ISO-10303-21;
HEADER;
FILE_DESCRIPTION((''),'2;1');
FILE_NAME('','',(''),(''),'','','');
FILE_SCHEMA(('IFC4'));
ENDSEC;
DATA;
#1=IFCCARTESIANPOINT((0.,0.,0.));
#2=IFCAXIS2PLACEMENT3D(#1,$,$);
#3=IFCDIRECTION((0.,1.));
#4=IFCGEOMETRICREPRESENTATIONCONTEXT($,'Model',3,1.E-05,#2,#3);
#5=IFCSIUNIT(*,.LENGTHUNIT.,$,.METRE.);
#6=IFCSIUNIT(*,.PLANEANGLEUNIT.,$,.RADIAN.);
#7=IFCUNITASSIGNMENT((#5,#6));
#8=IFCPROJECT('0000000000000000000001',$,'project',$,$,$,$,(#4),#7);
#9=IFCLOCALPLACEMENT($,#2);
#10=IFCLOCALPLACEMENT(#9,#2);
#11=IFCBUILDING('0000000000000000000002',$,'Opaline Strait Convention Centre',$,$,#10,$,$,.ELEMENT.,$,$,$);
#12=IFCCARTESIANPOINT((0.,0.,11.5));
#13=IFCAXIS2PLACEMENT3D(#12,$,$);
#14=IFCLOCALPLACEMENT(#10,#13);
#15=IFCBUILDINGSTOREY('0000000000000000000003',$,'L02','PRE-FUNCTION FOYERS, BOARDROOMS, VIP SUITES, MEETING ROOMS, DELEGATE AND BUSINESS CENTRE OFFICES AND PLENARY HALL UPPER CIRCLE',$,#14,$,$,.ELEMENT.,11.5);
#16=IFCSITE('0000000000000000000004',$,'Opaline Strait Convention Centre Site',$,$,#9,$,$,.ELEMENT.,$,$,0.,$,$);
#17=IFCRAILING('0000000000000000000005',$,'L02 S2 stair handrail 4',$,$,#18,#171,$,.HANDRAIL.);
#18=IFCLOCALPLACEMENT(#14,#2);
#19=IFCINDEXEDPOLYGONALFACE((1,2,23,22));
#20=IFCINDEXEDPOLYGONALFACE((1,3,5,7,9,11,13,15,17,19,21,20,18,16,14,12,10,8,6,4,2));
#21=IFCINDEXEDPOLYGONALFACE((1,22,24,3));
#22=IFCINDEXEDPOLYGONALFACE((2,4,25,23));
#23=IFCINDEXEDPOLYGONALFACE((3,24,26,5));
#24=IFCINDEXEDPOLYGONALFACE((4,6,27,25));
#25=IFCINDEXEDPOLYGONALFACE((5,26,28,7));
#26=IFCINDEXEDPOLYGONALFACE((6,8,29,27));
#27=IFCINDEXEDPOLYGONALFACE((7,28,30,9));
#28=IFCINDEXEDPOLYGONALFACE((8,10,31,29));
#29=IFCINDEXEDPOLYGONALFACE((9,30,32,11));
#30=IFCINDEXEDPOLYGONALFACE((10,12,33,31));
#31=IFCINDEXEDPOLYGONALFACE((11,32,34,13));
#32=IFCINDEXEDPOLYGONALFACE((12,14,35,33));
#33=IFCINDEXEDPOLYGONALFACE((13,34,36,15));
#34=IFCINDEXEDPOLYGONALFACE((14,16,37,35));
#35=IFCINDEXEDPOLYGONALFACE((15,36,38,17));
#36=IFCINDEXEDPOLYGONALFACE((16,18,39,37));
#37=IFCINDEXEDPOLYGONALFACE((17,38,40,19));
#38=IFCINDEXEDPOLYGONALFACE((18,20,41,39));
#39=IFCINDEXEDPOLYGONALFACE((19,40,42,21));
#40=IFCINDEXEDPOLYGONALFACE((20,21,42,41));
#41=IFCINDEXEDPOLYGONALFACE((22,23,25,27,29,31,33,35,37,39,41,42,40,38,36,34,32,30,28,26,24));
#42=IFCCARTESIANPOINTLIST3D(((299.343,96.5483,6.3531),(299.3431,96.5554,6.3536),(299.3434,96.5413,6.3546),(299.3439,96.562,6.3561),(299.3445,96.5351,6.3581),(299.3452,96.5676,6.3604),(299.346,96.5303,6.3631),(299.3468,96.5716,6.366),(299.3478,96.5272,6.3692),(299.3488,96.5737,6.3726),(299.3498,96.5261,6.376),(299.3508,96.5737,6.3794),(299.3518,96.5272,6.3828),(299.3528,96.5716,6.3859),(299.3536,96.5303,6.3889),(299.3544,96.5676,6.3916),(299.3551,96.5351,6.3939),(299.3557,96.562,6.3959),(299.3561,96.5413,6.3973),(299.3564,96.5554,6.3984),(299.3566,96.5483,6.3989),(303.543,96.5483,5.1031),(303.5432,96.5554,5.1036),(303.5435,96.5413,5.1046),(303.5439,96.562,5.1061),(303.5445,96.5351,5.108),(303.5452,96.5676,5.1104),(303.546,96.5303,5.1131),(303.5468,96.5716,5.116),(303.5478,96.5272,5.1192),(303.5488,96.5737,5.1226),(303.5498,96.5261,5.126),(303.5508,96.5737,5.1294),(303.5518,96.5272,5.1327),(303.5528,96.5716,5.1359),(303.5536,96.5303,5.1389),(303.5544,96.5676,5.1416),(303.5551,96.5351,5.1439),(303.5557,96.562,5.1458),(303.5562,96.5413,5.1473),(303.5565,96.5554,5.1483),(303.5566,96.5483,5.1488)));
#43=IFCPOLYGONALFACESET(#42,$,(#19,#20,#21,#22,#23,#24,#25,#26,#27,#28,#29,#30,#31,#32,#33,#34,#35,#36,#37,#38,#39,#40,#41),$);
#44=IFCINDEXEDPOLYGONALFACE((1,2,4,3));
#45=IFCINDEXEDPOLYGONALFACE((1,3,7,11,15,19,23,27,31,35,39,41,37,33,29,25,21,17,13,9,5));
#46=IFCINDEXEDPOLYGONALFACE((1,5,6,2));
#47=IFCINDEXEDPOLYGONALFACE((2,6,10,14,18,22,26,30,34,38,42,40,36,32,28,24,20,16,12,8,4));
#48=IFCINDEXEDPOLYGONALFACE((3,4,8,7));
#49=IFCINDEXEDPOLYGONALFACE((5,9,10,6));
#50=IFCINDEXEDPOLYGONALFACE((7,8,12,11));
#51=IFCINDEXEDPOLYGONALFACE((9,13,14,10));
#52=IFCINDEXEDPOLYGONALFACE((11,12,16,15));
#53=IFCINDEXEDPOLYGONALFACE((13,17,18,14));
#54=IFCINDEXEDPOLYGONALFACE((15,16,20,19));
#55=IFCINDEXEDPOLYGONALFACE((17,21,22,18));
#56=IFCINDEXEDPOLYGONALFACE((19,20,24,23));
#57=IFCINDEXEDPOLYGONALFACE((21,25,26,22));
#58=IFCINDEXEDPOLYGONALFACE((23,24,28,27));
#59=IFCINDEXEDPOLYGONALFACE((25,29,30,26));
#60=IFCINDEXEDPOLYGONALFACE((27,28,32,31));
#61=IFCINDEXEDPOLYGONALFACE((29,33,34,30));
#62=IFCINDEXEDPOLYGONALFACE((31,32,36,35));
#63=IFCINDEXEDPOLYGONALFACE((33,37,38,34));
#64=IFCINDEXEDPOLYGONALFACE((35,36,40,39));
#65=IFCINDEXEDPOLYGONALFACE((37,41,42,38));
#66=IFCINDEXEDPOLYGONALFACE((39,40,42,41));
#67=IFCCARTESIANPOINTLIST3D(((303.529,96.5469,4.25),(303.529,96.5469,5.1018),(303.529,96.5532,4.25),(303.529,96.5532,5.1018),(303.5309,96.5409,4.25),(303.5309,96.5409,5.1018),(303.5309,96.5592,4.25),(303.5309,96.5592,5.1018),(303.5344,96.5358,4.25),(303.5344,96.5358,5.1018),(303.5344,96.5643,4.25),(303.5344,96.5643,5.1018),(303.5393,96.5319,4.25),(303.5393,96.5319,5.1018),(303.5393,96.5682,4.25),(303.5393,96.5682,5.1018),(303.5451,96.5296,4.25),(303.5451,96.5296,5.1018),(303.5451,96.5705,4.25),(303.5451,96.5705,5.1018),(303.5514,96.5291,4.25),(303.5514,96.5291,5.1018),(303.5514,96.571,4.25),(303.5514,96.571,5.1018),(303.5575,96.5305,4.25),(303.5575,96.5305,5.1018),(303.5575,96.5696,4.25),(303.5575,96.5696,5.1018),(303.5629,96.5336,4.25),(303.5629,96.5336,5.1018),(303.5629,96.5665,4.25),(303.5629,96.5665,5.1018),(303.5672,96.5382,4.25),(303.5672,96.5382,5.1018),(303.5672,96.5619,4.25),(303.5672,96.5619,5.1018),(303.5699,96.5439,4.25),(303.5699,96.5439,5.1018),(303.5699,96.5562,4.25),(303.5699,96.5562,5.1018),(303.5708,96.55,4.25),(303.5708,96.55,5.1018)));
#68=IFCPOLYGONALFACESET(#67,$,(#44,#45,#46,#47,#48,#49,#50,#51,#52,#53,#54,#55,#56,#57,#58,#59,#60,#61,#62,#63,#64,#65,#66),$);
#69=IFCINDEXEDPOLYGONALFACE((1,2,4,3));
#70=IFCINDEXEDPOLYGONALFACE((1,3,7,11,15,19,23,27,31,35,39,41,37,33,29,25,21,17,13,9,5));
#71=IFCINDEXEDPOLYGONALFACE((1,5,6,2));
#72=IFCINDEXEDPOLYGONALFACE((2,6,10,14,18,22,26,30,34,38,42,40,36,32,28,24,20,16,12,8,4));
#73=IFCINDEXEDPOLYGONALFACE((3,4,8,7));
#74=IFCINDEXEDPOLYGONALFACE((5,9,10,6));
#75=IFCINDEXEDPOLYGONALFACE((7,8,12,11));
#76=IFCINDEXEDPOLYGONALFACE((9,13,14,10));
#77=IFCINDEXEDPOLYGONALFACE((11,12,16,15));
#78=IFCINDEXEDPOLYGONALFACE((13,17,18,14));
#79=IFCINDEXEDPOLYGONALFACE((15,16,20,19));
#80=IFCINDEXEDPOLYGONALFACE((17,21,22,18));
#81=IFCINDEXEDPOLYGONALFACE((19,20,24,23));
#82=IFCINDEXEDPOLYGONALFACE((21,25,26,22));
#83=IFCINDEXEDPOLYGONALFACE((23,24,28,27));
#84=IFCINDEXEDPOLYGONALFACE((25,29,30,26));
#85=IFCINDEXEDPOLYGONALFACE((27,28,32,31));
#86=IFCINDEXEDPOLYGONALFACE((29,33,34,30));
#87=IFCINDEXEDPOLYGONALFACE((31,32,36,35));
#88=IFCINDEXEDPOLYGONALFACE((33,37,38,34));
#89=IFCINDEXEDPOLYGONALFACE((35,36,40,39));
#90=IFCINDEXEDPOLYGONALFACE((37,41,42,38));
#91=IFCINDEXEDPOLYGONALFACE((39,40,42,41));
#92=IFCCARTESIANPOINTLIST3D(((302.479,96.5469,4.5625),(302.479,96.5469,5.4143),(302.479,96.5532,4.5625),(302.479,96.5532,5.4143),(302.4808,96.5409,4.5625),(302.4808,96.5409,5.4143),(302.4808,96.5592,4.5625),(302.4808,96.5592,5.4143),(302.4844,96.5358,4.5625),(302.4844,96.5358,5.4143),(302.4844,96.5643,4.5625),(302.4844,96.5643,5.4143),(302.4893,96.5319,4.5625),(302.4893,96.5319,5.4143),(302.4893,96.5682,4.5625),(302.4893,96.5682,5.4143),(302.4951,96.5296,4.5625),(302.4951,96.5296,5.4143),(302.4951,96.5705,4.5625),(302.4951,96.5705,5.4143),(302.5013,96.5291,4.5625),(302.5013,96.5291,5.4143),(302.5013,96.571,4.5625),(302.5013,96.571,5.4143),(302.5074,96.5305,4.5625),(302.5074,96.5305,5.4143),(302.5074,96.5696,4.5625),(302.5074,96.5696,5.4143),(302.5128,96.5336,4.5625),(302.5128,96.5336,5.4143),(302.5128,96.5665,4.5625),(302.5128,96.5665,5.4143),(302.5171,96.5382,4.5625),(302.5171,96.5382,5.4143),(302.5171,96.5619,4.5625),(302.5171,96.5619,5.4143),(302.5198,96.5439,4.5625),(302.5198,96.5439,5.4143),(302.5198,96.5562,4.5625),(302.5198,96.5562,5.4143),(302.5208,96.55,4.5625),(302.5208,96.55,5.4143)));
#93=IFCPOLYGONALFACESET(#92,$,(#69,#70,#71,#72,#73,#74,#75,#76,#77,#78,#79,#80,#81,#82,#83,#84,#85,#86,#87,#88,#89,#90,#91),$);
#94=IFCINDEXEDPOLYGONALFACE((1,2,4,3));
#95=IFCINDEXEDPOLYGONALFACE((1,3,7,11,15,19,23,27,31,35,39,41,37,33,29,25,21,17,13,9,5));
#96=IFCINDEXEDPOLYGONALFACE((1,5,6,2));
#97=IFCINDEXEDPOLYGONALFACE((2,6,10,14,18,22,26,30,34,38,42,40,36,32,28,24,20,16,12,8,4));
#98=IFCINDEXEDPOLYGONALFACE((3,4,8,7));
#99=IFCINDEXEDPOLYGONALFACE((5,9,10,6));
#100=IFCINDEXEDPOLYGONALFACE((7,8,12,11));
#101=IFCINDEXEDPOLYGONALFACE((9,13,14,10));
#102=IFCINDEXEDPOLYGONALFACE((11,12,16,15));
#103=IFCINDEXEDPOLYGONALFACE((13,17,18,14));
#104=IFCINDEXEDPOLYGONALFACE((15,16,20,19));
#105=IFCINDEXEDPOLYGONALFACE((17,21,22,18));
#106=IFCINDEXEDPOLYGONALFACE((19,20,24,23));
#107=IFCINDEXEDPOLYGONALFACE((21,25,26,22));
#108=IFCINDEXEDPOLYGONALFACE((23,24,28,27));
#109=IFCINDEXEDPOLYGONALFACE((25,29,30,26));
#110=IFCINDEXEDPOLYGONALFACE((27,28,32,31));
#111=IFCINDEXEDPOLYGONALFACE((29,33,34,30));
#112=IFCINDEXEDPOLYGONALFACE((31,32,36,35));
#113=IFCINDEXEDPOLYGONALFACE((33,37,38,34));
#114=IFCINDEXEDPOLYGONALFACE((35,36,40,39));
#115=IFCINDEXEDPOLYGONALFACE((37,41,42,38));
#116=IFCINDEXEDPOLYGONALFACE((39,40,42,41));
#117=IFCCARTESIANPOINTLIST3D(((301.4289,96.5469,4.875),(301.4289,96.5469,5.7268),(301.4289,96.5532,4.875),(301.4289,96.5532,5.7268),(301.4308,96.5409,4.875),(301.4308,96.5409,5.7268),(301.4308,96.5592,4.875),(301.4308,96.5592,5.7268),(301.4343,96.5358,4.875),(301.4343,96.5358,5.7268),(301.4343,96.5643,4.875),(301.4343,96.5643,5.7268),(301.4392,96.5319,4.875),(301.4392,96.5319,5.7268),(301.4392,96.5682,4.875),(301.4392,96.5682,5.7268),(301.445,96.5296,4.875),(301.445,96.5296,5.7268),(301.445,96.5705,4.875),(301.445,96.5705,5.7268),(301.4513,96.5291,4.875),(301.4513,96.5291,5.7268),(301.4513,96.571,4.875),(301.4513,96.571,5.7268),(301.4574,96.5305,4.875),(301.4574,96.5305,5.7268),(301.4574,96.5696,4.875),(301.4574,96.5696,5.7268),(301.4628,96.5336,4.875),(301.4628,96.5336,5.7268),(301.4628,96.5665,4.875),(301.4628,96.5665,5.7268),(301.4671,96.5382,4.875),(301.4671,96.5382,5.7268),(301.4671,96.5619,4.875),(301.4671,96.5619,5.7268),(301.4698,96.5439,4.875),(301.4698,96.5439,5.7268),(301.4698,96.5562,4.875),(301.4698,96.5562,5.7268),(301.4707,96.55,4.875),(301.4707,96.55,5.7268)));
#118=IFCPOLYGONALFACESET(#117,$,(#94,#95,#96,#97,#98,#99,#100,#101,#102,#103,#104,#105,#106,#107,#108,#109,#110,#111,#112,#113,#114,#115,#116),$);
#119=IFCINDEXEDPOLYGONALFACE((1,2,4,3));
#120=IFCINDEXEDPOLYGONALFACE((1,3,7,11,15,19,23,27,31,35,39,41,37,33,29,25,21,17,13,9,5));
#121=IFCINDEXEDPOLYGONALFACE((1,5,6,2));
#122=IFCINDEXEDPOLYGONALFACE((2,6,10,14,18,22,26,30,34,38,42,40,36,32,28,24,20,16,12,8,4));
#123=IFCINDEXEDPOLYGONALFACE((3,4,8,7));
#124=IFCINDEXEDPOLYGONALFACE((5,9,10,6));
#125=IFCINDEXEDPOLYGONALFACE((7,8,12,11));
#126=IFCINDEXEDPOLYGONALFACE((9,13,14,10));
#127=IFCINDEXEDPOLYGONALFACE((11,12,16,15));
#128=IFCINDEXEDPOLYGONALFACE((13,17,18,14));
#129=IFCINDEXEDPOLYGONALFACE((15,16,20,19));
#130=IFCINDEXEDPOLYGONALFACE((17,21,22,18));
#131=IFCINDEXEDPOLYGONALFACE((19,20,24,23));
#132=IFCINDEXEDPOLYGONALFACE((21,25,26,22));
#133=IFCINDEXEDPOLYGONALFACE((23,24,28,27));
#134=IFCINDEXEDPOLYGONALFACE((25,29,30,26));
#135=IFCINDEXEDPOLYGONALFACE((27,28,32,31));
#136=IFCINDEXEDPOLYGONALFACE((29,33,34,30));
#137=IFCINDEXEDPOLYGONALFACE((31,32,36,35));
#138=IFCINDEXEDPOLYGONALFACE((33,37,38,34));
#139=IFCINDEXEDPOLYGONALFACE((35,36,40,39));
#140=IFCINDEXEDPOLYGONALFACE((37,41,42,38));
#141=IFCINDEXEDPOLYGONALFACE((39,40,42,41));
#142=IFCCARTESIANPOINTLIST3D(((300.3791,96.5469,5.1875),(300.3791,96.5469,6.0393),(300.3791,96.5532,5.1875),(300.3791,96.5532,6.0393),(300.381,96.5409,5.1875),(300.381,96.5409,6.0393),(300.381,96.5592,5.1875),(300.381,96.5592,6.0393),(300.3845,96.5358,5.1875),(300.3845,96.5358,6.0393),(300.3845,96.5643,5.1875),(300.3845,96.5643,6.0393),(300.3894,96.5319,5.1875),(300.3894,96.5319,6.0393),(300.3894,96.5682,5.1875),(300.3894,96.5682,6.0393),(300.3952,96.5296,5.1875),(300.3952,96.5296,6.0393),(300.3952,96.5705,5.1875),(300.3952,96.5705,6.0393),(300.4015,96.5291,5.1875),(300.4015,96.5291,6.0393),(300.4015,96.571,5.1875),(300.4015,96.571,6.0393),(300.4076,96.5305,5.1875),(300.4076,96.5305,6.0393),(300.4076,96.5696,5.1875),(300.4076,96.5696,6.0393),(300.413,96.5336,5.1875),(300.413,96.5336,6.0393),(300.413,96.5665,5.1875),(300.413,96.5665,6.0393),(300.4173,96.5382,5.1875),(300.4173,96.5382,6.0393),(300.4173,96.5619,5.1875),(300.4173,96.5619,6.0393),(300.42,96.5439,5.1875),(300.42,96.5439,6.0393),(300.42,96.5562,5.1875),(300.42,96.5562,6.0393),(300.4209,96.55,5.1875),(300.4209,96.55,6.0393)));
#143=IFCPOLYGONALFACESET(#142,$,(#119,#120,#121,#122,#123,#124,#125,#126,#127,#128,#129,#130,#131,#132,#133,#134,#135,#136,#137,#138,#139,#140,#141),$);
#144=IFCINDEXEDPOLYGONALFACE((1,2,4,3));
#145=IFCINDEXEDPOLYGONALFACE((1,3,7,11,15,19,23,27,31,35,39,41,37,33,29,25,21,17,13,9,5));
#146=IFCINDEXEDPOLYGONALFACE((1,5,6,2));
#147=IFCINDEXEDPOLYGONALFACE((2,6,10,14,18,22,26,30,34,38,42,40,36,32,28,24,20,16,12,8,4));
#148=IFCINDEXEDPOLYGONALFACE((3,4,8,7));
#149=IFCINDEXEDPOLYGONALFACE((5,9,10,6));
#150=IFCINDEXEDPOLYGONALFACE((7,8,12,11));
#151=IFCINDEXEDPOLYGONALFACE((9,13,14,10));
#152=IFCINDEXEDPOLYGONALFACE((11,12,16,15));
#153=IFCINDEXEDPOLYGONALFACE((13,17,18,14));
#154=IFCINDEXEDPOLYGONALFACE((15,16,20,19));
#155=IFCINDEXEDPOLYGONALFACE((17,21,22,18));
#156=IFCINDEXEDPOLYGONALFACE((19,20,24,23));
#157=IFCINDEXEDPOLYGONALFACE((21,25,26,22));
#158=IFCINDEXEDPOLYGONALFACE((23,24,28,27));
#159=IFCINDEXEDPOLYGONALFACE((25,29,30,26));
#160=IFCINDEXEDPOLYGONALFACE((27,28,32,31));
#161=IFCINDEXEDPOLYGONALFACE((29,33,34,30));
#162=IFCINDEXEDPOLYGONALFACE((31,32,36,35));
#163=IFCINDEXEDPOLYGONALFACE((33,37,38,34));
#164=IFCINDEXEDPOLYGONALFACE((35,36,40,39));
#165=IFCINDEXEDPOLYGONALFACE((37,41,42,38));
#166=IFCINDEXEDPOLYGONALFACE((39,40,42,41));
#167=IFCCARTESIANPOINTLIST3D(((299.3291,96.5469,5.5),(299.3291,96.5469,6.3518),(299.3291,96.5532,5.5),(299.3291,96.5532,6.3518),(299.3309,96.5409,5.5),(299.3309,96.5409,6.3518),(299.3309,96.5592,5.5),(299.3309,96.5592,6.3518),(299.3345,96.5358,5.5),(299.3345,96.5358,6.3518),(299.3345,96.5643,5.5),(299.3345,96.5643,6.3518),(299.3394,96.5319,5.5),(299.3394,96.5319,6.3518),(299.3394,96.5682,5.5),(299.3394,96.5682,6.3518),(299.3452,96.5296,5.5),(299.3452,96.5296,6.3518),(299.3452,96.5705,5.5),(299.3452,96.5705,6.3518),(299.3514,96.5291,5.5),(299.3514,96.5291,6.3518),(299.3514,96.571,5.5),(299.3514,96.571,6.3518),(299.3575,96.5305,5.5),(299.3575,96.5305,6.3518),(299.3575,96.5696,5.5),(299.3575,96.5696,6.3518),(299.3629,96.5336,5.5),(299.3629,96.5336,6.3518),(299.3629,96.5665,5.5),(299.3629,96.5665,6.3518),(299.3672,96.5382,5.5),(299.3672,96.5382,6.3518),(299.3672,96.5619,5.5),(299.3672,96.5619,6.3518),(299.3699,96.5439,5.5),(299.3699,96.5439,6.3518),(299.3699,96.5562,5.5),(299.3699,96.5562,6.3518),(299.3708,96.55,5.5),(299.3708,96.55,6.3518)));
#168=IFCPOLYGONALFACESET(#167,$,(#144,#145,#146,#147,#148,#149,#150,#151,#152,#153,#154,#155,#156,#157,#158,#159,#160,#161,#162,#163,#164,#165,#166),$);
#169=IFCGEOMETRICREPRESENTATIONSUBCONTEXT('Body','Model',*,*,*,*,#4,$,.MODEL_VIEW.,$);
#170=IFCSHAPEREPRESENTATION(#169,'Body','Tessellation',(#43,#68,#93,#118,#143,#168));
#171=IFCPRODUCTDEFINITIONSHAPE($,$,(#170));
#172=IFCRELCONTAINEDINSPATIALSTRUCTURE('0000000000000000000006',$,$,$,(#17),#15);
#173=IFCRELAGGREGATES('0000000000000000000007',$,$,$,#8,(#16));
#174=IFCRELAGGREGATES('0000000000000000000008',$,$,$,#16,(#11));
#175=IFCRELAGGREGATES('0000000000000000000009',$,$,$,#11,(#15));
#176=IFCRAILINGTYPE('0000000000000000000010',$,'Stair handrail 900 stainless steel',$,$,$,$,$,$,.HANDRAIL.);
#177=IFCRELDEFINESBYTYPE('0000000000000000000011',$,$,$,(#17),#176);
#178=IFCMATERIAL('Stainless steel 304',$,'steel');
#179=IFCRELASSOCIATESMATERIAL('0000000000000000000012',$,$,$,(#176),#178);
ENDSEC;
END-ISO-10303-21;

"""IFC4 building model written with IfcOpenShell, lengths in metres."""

from ifc_helpers import new_model, si_unit, direction, frame, origin, origin_2d, place, context, subcontext, project, spatial, circle, extrude, material, type_object, element, save


model = new_model("IFC4")

# Units and contexts
model_context = context("Model", 3, precision=1e-05, world=origin(), true_north=direction((0.0, 1.0)))
body_context = subcontext(model_context, "Body", "Model", "MODEL_VIEW")
ifc_project = project(units=[si_unit("LENGTHUNIT", "METRE"), si_unit("PLANEANGLEUNIT", "RADIAN")], contexts=[model_context])

# Site, building, storey
site_placement = place(None, origin())
site = spatial("IfcSite", under=ifc_project, at=site_placement, Name="Opaline Strait Convention Centre Site", CompositionType="ELEMENT", RefElevation=0.0)
building_placement = place(site_placement, origin())
building = spatial("IfcBuilding", under=site, at=building_placement, Name="Opaline Strait Convention Centre", CompositionType="ELEMENT")
storey_placement = place(building_placement, frame((0.0, 0.0, 11.5)))
storey = spatial("IfcBuildingStorey", under=building, at=storey_placement, Name="L02", Description="PRE-FUNCTION FOYERS, BOARDROOMS, VIP SUITES, MEETING ROOMS, DELEGATE AND BUSINESS CENTRE OFFICES AND PLENARY HALL UPPER CIRCLE", CompositionType="ELEMENT", Elevation=11.5)

# Shared definitions
ifc_material_1 = material(Name="Stainless steel 304", Category="steel")

# Railing
railing_type_1 = type_object("IfcRailingType", Name="Stair handrail 900 stainless steel", PredefinedType="HANDRAIL", material=ifc_material_1)
for number, where, name in (
    (1, (303.5498, 96.55, 4.25), "L02 S2 stair handrail 4"),
):
    element("IfcRailing", number, at=place(storey_placement, frame(where)), inside=storey, type_object=railing_type_1, Name=name, PredefinedType="HANDRAIL", context=body_context, shape_type="SweptSolid", body=[
        extrude(circle(Radius=0.0239, at=origin_2d()), frame((0.0, 0.0, 0.876), z_axis=(-0.958451, 0.0, 0.285257), x_axis=(0.0, -1.0, 0.0)), (0.0, 0.0, 1.0), 4.3821),
        extrude(circle(Radius=0.021, at=origin_2d()), origin(), (0.0, 0.0, 1.0), 0.8518),
        extrude(circle(Radius=0.021, at=origin_2d()), frame((-1.05, 0.0, 0.3125)), (0.0, 0.0, 1.0), 0.8518),
        extrude(circle(Radius=0.021, at=origin_2d()), frame((-2.1001, 0.0, 0.625)), (0.0, 0.0, 1.0), 0.8518),
        extrude(circle(Radius=0.021, at=origin_2d()), frame((-3.1499, 0.0, 0.9375)), (0.0, 0.0, 1.0), 0.8518),
        extrude(circle(Radius=0.021, at=origin_2d()), frame((-4.2, 0.0, 1.25)), (0.0, 0.0, 1.0), 0.8518),
    ])

save(model, "model.ifc")
